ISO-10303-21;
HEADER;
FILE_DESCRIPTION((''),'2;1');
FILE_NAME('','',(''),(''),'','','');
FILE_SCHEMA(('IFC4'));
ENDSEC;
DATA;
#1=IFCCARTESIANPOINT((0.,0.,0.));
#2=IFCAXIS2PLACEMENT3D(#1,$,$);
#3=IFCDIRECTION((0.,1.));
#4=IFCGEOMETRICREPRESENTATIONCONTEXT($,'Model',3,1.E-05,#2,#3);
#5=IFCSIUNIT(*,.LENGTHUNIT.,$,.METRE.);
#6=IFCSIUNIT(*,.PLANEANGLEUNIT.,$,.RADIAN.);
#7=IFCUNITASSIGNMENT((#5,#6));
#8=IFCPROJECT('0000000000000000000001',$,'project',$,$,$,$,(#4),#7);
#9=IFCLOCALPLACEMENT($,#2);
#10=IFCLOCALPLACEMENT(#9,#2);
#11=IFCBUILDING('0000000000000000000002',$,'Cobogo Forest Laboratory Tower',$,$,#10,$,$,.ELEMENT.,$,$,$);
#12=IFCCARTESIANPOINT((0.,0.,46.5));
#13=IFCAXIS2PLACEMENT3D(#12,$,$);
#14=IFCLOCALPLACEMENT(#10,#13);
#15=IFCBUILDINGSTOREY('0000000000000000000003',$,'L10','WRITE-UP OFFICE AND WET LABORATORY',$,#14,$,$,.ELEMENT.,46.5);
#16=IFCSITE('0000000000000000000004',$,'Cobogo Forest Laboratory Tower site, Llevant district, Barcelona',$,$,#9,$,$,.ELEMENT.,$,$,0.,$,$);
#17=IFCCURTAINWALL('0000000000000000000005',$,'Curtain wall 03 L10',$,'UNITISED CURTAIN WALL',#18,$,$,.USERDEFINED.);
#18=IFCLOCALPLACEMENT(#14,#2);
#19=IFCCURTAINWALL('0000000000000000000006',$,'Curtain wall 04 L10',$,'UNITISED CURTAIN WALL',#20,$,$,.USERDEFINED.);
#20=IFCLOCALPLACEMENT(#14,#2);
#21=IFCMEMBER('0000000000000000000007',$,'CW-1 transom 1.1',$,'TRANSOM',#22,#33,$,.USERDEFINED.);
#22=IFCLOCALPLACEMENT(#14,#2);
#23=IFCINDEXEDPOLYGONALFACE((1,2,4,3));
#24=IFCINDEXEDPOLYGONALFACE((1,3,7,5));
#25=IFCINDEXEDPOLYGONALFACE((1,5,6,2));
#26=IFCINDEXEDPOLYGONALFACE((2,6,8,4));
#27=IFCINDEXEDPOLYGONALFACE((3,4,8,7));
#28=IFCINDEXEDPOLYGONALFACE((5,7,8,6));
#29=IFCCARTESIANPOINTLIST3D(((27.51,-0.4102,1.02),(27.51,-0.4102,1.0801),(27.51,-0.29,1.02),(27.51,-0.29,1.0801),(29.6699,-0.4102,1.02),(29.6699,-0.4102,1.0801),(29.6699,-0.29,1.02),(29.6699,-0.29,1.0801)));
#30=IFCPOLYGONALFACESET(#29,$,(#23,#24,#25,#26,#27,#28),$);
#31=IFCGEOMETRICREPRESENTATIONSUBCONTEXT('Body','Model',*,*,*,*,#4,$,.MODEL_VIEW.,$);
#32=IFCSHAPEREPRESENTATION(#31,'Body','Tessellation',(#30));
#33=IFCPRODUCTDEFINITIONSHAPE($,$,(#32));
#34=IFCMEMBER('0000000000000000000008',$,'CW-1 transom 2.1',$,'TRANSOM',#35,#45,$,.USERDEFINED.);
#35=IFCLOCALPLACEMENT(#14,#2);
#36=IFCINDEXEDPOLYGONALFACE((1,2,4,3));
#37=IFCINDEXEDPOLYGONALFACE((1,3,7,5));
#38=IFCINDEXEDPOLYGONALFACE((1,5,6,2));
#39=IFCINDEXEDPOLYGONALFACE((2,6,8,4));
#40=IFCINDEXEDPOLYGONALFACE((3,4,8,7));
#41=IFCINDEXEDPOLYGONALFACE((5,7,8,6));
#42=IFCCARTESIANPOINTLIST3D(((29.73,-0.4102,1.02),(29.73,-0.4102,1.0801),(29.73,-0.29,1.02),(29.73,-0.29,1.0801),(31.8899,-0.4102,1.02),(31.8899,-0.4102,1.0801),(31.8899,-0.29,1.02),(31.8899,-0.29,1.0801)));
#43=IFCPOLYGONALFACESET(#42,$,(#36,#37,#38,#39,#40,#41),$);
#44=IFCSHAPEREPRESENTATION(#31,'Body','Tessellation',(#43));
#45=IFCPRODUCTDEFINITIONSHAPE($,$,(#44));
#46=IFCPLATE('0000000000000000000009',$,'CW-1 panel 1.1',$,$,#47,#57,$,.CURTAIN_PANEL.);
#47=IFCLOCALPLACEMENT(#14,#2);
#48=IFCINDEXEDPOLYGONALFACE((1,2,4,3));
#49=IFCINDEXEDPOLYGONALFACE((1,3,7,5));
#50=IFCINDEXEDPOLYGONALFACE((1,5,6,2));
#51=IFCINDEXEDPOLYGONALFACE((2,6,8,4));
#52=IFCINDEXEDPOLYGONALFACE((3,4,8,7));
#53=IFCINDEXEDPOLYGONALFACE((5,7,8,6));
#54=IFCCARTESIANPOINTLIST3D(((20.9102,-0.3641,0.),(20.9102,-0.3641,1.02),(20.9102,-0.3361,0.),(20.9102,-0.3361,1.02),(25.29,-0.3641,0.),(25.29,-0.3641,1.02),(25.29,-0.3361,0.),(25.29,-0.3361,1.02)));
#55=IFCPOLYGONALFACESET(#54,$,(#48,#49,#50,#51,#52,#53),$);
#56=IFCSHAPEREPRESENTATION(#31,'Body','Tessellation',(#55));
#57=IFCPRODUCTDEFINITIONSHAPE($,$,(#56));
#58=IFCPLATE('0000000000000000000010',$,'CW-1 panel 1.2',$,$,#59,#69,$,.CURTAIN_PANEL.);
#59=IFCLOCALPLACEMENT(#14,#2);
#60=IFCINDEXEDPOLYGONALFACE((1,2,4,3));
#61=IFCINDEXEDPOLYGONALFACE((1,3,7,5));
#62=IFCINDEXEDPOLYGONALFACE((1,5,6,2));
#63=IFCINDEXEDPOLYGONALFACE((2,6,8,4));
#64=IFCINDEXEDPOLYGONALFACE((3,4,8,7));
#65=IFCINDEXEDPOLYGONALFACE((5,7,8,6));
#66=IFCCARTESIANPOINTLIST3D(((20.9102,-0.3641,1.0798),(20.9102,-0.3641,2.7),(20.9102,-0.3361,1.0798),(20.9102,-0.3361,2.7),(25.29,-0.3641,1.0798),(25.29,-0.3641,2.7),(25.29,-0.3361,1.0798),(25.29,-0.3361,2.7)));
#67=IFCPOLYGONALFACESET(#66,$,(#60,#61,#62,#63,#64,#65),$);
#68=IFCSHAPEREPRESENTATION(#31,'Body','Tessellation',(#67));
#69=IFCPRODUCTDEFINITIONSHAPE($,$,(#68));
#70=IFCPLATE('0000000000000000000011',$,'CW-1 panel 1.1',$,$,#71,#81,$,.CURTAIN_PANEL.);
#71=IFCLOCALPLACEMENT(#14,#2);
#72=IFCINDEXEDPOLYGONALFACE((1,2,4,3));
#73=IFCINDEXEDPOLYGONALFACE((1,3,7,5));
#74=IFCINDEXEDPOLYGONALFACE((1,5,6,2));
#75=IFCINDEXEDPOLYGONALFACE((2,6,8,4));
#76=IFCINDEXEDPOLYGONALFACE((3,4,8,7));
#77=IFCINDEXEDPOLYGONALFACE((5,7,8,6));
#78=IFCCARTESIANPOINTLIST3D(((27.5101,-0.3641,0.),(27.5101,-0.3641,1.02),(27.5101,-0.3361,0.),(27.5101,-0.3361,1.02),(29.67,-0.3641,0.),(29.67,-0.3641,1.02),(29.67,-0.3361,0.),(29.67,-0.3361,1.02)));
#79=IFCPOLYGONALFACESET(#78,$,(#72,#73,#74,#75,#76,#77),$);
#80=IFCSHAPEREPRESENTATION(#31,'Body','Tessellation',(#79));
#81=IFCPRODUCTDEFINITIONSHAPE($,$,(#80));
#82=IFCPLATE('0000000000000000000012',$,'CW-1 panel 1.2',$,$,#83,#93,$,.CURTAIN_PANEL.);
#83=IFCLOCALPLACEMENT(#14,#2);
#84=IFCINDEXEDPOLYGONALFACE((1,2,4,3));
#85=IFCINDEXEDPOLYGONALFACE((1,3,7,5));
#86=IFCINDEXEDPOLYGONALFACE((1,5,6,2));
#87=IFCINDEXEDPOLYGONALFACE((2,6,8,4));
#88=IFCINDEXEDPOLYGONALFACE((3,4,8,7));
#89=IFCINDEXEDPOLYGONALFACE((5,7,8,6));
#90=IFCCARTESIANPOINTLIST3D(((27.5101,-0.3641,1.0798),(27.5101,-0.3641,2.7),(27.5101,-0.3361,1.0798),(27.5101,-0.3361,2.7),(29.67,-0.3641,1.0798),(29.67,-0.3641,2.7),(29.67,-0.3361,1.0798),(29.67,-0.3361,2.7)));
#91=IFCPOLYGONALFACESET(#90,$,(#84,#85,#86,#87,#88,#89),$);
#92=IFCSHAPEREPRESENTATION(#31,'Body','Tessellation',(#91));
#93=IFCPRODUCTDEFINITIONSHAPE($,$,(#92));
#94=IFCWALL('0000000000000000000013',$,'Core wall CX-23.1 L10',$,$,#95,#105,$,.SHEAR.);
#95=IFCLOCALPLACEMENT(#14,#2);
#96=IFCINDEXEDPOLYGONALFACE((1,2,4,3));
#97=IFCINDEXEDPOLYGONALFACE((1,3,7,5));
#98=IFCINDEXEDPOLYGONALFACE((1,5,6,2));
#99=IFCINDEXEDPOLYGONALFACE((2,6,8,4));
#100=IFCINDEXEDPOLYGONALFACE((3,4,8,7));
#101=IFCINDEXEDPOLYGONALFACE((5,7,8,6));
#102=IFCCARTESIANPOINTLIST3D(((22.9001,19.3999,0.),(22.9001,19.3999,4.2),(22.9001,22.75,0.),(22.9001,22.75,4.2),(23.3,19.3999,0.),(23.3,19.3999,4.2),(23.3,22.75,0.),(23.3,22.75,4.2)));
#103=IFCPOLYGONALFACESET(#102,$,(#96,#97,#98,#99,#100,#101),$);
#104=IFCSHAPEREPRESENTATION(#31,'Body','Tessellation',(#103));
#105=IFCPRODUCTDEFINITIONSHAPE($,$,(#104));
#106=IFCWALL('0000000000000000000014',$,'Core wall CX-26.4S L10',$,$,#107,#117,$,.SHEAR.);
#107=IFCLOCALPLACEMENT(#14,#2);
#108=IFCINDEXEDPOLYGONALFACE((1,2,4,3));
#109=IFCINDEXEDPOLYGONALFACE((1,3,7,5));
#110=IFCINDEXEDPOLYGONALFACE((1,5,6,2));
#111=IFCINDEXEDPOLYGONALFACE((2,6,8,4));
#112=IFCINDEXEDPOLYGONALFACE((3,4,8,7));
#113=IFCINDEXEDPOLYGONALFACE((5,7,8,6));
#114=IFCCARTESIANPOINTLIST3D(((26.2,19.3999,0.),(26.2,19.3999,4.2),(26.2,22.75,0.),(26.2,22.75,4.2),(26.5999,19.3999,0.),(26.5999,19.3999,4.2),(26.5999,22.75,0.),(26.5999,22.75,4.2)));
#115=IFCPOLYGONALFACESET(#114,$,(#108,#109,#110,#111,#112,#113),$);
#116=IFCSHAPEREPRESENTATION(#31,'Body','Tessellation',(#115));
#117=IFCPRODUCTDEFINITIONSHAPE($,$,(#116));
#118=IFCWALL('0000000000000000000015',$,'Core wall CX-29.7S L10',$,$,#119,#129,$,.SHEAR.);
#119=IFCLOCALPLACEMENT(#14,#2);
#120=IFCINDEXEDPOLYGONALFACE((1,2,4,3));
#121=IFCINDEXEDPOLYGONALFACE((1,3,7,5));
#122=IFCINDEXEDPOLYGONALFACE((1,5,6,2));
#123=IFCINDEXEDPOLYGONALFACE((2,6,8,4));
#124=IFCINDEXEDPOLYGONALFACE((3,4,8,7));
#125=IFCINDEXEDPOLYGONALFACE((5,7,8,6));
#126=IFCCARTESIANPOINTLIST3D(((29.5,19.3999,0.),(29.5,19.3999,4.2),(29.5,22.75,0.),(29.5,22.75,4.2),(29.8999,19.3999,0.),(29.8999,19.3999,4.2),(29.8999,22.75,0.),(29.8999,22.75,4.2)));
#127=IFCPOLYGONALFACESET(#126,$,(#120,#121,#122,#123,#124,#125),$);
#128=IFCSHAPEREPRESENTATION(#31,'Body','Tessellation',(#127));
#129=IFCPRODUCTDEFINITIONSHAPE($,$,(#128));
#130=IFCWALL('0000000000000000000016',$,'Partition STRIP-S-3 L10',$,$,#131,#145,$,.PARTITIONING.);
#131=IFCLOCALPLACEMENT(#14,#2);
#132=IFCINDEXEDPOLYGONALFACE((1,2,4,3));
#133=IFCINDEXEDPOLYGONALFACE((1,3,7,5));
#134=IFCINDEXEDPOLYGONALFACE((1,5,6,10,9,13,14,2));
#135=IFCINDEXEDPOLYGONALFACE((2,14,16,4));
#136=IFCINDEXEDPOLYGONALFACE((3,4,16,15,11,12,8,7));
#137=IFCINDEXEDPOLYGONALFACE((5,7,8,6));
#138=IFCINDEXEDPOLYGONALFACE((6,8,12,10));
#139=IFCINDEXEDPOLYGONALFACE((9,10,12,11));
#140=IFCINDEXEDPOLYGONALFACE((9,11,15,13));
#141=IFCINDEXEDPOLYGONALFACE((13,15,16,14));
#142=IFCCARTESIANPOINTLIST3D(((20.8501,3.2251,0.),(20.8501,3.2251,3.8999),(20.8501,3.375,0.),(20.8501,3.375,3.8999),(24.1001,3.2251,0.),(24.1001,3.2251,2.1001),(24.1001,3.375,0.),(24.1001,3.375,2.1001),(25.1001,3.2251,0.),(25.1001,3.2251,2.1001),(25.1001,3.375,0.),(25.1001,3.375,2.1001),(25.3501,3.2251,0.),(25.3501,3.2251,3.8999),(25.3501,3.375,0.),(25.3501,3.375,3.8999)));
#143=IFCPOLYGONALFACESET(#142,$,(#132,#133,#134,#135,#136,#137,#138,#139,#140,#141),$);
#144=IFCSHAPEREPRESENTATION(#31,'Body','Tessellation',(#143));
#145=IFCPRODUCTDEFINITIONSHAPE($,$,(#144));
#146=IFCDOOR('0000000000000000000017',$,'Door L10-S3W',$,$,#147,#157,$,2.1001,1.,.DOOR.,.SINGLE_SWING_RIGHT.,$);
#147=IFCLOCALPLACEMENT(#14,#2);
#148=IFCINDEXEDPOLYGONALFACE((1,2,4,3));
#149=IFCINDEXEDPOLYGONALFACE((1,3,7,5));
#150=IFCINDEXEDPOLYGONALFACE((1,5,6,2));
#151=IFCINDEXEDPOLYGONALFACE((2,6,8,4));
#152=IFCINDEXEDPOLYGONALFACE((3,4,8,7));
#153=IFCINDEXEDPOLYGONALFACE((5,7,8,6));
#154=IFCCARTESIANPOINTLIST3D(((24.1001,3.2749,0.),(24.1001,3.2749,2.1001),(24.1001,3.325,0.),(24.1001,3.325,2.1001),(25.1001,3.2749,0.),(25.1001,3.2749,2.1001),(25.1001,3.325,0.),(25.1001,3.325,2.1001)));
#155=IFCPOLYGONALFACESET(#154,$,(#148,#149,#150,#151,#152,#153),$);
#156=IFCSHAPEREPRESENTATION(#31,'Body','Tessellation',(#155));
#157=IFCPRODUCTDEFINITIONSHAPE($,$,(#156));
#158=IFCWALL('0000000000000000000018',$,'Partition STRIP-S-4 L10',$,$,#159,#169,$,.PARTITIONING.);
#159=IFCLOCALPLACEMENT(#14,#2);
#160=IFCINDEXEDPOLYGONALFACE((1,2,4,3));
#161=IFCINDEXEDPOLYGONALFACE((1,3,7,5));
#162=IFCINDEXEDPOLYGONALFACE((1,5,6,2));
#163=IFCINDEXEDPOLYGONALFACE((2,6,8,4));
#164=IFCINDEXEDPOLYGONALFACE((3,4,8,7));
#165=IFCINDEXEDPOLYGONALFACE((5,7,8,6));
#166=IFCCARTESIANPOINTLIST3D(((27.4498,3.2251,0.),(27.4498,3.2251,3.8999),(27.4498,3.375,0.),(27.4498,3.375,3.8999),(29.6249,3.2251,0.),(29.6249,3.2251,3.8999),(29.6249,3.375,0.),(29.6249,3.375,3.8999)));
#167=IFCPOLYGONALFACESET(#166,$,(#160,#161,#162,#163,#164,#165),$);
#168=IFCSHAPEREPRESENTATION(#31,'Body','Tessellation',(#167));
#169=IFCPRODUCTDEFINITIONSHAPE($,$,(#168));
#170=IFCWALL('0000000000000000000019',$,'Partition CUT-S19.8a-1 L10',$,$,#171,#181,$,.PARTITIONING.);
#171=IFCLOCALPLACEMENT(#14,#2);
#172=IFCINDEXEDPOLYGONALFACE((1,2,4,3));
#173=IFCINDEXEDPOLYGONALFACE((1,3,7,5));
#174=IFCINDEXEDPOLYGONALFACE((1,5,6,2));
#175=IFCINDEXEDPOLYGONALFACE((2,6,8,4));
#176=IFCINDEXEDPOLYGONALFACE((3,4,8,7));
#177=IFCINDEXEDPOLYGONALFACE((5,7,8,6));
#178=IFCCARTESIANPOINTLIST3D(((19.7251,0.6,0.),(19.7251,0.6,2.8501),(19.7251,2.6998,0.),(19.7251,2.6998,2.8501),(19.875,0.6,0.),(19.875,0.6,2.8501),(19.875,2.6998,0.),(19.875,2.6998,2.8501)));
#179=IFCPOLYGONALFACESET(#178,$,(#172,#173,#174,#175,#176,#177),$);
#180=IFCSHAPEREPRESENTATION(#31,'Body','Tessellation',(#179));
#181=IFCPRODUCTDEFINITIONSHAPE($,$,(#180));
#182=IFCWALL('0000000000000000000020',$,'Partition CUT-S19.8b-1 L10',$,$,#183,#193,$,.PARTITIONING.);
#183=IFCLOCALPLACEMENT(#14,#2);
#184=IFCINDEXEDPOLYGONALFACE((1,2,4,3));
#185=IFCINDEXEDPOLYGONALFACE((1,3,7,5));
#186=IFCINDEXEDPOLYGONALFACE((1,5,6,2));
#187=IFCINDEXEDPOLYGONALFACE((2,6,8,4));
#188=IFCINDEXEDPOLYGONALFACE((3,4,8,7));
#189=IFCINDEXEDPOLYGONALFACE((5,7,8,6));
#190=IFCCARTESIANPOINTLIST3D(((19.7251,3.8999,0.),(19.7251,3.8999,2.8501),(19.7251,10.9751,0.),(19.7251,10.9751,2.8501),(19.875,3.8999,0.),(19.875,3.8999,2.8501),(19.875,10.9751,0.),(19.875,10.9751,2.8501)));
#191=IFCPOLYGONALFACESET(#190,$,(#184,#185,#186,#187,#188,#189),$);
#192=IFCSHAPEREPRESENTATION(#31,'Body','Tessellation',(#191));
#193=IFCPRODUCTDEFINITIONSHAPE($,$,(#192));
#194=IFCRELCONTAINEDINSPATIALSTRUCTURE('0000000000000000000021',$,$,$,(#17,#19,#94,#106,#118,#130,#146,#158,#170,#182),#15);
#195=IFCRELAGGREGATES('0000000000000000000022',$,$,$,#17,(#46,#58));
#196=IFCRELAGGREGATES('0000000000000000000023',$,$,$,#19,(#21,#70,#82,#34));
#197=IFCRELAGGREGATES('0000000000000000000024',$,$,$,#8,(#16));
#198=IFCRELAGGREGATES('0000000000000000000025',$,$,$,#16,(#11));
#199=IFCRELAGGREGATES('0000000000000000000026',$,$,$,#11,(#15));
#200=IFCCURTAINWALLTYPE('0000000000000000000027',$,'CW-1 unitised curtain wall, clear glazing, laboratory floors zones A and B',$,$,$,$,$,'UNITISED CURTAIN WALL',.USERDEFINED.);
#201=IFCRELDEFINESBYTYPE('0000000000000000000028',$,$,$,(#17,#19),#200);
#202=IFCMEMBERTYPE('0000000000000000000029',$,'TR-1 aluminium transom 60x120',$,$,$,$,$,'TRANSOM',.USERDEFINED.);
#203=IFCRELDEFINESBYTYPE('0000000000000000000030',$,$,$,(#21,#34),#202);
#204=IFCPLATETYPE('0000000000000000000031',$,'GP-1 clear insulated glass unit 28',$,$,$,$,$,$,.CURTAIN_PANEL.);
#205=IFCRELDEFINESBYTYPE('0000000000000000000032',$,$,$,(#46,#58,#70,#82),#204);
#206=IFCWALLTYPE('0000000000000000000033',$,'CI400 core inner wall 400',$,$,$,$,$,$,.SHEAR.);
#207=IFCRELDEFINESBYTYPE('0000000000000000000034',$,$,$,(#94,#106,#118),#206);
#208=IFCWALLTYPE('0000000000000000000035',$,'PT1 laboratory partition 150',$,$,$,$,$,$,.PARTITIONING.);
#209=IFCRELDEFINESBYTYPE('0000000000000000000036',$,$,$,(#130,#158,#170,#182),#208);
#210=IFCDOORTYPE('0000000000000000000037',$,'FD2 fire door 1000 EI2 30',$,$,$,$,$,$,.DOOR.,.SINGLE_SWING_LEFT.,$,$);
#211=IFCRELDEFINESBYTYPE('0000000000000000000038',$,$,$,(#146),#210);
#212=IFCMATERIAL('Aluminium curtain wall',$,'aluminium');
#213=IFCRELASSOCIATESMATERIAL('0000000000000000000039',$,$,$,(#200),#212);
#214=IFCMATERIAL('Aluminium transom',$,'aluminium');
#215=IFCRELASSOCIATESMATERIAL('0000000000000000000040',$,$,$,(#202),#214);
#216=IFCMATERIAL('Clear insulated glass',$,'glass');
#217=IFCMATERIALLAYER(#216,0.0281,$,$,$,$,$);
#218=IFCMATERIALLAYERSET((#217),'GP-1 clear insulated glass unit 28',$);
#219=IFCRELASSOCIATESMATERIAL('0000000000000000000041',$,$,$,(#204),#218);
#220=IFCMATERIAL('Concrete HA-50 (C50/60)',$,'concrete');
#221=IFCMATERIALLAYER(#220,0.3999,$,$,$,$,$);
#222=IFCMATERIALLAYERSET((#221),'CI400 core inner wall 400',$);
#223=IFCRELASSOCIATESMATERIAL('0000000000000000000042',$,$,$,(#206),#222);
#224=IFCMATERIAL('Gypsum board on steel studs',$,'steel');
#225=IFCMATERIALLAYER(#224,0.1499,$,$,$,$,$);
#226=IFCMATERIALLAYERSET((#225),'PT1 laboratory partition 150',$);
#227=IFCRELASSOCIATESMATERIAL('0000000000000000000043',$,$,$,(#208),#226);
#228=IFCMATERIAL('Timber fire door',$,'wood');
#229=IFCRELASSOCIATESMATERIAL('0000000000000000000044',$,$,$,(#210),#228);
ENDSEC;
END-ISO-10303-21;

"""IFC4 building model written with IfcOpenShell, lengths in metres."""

from ifc_helpers import new_model, si_unit, direction, frame, frame_2d, origin, origin_2d, place, context, subcontext, project, spatial, rectangle, extrude, material, layer, layer_set, material_profile, profile_set, type_object, element, fill, aggregate, save


model = new_model("IFC4")

# Units and contexts
model_context = context("Model", 3, precision=1e-05, world=origin(), true_north=direction((0.0, 1.0)))
body_context = subcontext(model_context, "Body", "Model", "MODEL_VIEW")
ifc_project = project(units=[si_unit("LENGTHUNIT", "METRE"), si_unit("PLANEANGLEUNIT", "RADIAN")], contexts=[model_context])

# Site, building, storey
site_placement = place(None, origin())
site = spatial("IfcSite", under=ifc_project, at=site_placement, Name="Cobogo Forest Laboratory Tower site, Llevant district, Barcelona", CompositionType="ELEMENT", RefElevation=0.0)
building_placement = place(site_placement, origin())
building = spatial("IfcBuilding", under=site, at=building_placement, Name="Cobogo Forest Laboratory Tower", CompositionType="ELEMENT")
storey_placement = place(building_placement, frame((0.0, 0.0, 46.5)))
storey = spatial("IfcBuildingStorey", under=building, at=storey_placement, Name="L10", Description="WRITE-UP OFFICE AND WET LABORATORY", CompositionType="ELEMENT", Elevation=46.5)

# Shared definitions
ifc_material_1 = material(Name="Concrete HA-50 (C50/60)", Category="concrete")

# Shared definitions
ifc_material_2 = material(Name="Aluminium curtain wall", Category="aluminium")
curtain_wall_type = type_object("IfcCurtainWallType", Name="CW-1 unitised curtain wall, clear glazing, laboratory floors zones A and B", ElementType="UNITISED CURTAIN WALL", PredefinedType="USERDEFINED", material=ifc_material_2)

# Curtain walls
curtain_wall_1_placement = place(storey_placement, origin())
curtain_wall_1 = element("IfcCurtainWall", 1, at=curtain_wall_1_placement, inside=storey, type_object=curtain_wall_type, Name="Curtain wall 03 L10", ObjectType="UNITISED CURTAIN WALL", PredefinedType="USERDEFINED")
curtain_wall_2_placement = place(storey_placement, origin())
curtain_wall_2 = element("IfcCurtainWall", 2, at=curtain_wall_2_placement, inside=storey, type_object=curtain_wall_type, Name="Curtain wall 04 L10", ObjectType="UNITISED CURTAIN WALL", PredefinedType="USERDEFINED")

# Members
ifc_material_3 = material(Name="Aluminium transom", Category="aluminium")
ifc_material_profile_1 = material_profile(ifc_material_3, rectangle(XDim=0.1201, YDim=0.0601, at=origin_2d()), Name="AL 60x120")
ifc_profile_set_1 = profile_set([ifc_material_profile_1], Name="Aluminium transom")
member_type_1 = type_object("IfcMemberType", Name="TR-1 aluminium transom 60x120", ElementType="TRANSOM", PredefinedType="USERDEFINED", material=ifc_profile_set_1)
member_1_placement = place(storey_placement, frame((27.51, -0.3501, 1.05), z_axis=(1.0, 0.0, 0.0), x_axis=(0.0, 1.0, 0.0)))
member_1 = element("IfcMember", 3, at=member_1_placement, type_object=member_type_1, Name="CW-1 transom 1.1", ObjectType="TRANSOM", PredefinedType="USERDEFINED", context=body_context, shape_type="SweptSolid", body=[
    extrude(rectangle(XDim=0.1201, YDim=0.0601, at=origin_2d()), origin(), (0.0, 0.0, 1.0), 2.1599),
])
member_2_placement = place(storey_placement, frame((29.73, -0.3501, 1.05), z_axis=(1.0, 0.0, 0.0), x_axis=(0.0, 1.0, 0.0)))
member_2 = element("IfcMember", 4, at=member_2_placement, type_object=member_type_1, Name="CW-1 transom 2.1", ObjectType="TRANSOM", PredefinedType="USERDEFINED", context=body_context, shape_type="SweptSolid", body=[
    extrude(rectangle(XDim=0.1201, YDim=0.0601, at=origin_2d()), origin(), (0.0, 0.0, 1.0), 2.1599),
])

# Plates
ifc_material_4 = material(Name="Clear insulated glass", Category="glass")
ifc_layer_1 = layer(ifc_material_4, 0.0281)
ifc_layer_set_1 = layer_set([ifc_layer_1], Name="GP-1 clear insulated glass unit 28")
plate_type_1 = type_object("IfcPlateType", Name="GP-1 clear insulated glass unit 28", PredefinedType="CURTAIN_PANEL", material=ifc_layer_set_1)
plate_1_placement = place(storey_placement, frame((23.1001, -0.3501, 0.0), z_axis=(0.0, 0.0, 1.0), x_axis=(1.0, 0.0, 0.0)))
plate_1 = element("IfcPlate", 5, at=plate_1_placement, type_object=plate_type_1, Name="CW-1 panel 1.1", PredefinedType="CURTAIN_PANEL", context=body_context, shape_type="SweptSolid", body=[
    extrude(rectangle(XDim=4.3799, YDim=0.0281, at=origin_2d()), origin(), (0.0, 0.0, 1.0), 1.02),
])
plate_2_placement = place(storey_placement, frame((23.1001, -0.3501, 1.0798), z_axis=(0.0, 0.0, 1.0), x_axis=(1.0, 0.0, 0.0)))
plate_2 = element("IfcPlate", 6, at=plate_2_placement, type_object=plate_type_1, Name="CW-1 panel 1.2", PredefinedType="CURTAIN_PANEL", context=body_context, shape_type="SweptSolid", body=[
    extrude(rectangle(XDim=4.3799, YDim=0.0281, at=origin_2d()), origin(), (0.0, 0.0, 1.0), 1.6201),
])
aggregate(curtain_wall_1, [plate_1, plate_2])
plate_3_placement = place(storey_placement, frame((28.5901, -0.3501, 0.0), z_axis=(0.0, 0.0, 1.0), x_axis=(1.0, 0.0, 0.0)))
plate_3 = element("IfcPlate", 7, at=plate_3_placement, type_object=plate_type_1, Name="CW-1 panel 1.1", PredefinedType="CURTAIN_PANEL", context=body_context, shape_type="SweptSolid", body=[
    extrude(rectangle(XDim=2.1599, YDim=0.0281, at=origin_2d()), origin(), (0.0, 0.0, 1.0), 1.02),
])
plate_4_placement = place(storey_placement, frame((28.5901, -0.3501, 1.0798), z_axis=(0.0, 0.0, 1.0), x_axis=(1.0, 0.0, 0.0)))
plate_4 = element("IfcPlate", 8, at=plate_4_placement, type_object=plate_type_1, Name="CW-1 panel 1.2", PredefinedType="CURTAIN_PANEL", context=body_context, shape_type="SweptSolid", body=[
    extrude(rectangle(XDim=2.1599, YDim=0.0281, at=origin_2d()), origin(), (0.0, 0.0, 1.0), 1.6201),
])
aggregate(curtain_wall_2, [member_1, plate_3, plate_4, member_2])

# Walls
ifc_layer_2 = layer(ifc_material_1, 0.3999)
ifc_layer_set_2 = layer_set([ifc_layer_2], Name="CI400 core inner wall 400")
wall_type_1 = type_object("IfcWallType", Name="CI400 core inner wall 400", PredefinedType="SHEAR", material=ifc_layer_set_2)
for number, where, z_axis, x_axis, name in (
    (9, (23.1001, 19.3999, 0.0), (0.0, 0.0, 1.0), (0.0, 1.0, 0.0), "Core wall CX-23.1 L10"),
    (10, (26.3999, 19.3999, 0.0), (0.0, 0.0, 1.0), (0.0, 1.0, 0.0), "Core wall CX-26.4S L10"),
    (11, (29.7, 19.3999, 0.0), (0.0, 0.0, 1.0), (0.0, 1.0, 0.0), "Core wall CX-29.7S L10"),
):
    element("IfcWall", number, at=place(storey_placement, frame(where, z_axis=z_axis, x_axis=x_axis)), inside=storey, type_object=wall_type_1, Name=name, PredefinedType="SHEAR", context=body_context, shape_type="SweptSolid", body=[
        extrude(rectangle(XDim=3.3501, YDim=0.3999, at=frame_2d((1.675, 0.0))), origin(), (0.0, 0.0, 1.0), 4.2),
    ])

# Wall, opening, door
ifc_material_5 = material(Name="Gypsum board on steel studs", Category="steel")
ifc_layer_3 = layer(ifc_material_5, 0.1499)
ifc_layer_set_3 = layer_set([ifc_layer_3], Name="PT1 laboratory partition 150")
wall_type_2 = type_object("IfcWallType", Name="PT1 laboratory partition 150", PredefinedType="PARTITIONING", material=ifc_layer_set_3)
wall_1_placement = place(storey_placement, frame((20.8501, 3.3, 0.0), z_axis=(0.0, 0.0, 1.0), x_axis=(1.0, 0.0, 0.0)))
wall_1 = element("IfcWall", 12, at=wall_1_placement, inside=storey, type_object=wall_type_2, Name="Partition STRIP-S-3 L10", PredefinedType="PARTITIONING", context=body_context, shape_type="SweptSolid", body=[
    extrude(rectangle(XDim=4.5, YDim=0.1499, at=frame_2d((2.25, 0.0))), origin(), (0.0, 0.0, 1.0), 3.8999),
])
opening_1_placement = place(wall_1_placement, frame((3.25, 0.0, 0.0)))
opening_1 = element("IfcOpeningElement", 13, at=opening_1_placement, cuts=wall_1, PredefinedType="OPENING", context=body_context, shape_type="SweptSolid", body=[
    extrude(rectangle(XDim=1.0, YDim=2.1001, at=frame_2d((0.5, 1.05))), frame((0.0, 0.085, 0.0), z_axis=(0.0, -1.0, 0.0), x_axis=(1.0, 0.0, 0.0)), (0.0, 0.0, 1.0), 0.1699),
])
ifc_material_6 = material(Name="Timber fire door", Category="wood")
door_type_1 = type_object("IfcDoorType", Name="FD2 fire door 1000 EI2 30", OperationType="SINGLE_SWING_LEFT", PredefinedType="DOOR", material=ifc_material_6)
door_1_placement = place(opening_1_placement, origin())
door_1 = element("IfcDoor", 14, at=door_1_placement, inside=storey, type_object=door_type_1, Name="Door L10-S3W", OperationType="SINGLE_SWING_RIGHT", OverallHeight=2.1001, OverallWidth=1.0, PredefinedType="DOOR", context=body_context, shape_type="SweptSolid", body=[
    extrude(rectangle(XDim=1.0, YDim=2.1001, at=frame_2d((0.5, 1.05))), frame((0.0, 0.0249, 0.0), z_axis=(0.0, -1.0, 0.0), x_axis=(1.0, 0.0, 0.0)), (0.0, 0.0, 1.0), 0.05),
])
fill(opening_1, door_1)

# Walls
wall_2_placement = place(storey_placement, frame((27.45, 3.3, 0.0), z_axis=(0.0, 0.0, 1.0), x_axis=(1.0, 0.0, 0.0)))
element("IfcWall", 15, at=wall_2_placement, inside=storey, type_object=wall_type_2, Name="Partition STRIP-S-4 L10", PredefinedType="PARTITIONING", context=body_context, shape_type="SweptSolid", body=[
    extrude(rectangle(XDim=2.175, YDim=0.1499, at=frame_2d((1.0874, 0.0))), origin(), (0.0, 0.0, 1.0), 3.8999),
])
wall_3_placement = place(storey_placement, frame((19.8, 0.6001, 0.0), z_axis=(0.0, 0.0, 1.0), x_axis=(0.0, 1.0, 0.0)))
element("IfcWall", 16, at=wall_3_placement, inside=storey, type_object=wall_type_2, Name="Partition CUT-S19.8a-1 L10", PredefinedType="PARTITIONING", context=body_context, shape_type="SweptSolid", body=[
    extrude(rectangle(XDim=2.0999, YDim=0.1499, at=frame_2d((1.0498, 0.0))), origin(), (0.0, 0.0, 1.0), 2.8501),
])
wall_4_placement = place(storey_placement, frame((19.8, 3.8999, 0.0), z_axis=(0.0, 0.0, 1.0), x_axis=(0.0, 1.0, 0.0)))
element("IfcWall", 17, at=wall_4_placement, inside=storey, type_object=wall_type_2, Name="Partition CUT-S19.8b-1 L10", PredefinedType="PARTITIONING", context=body_context, shape_type="SweptSolid", body=[
    extrude(rectangle(XDim=7.0752, YDim=0.1499, at=frame_2d((3.5376, 0.0))), origin(), (0.0, 0.0, 1.0), 2.8501),
])

save(model, "model.ifc")
